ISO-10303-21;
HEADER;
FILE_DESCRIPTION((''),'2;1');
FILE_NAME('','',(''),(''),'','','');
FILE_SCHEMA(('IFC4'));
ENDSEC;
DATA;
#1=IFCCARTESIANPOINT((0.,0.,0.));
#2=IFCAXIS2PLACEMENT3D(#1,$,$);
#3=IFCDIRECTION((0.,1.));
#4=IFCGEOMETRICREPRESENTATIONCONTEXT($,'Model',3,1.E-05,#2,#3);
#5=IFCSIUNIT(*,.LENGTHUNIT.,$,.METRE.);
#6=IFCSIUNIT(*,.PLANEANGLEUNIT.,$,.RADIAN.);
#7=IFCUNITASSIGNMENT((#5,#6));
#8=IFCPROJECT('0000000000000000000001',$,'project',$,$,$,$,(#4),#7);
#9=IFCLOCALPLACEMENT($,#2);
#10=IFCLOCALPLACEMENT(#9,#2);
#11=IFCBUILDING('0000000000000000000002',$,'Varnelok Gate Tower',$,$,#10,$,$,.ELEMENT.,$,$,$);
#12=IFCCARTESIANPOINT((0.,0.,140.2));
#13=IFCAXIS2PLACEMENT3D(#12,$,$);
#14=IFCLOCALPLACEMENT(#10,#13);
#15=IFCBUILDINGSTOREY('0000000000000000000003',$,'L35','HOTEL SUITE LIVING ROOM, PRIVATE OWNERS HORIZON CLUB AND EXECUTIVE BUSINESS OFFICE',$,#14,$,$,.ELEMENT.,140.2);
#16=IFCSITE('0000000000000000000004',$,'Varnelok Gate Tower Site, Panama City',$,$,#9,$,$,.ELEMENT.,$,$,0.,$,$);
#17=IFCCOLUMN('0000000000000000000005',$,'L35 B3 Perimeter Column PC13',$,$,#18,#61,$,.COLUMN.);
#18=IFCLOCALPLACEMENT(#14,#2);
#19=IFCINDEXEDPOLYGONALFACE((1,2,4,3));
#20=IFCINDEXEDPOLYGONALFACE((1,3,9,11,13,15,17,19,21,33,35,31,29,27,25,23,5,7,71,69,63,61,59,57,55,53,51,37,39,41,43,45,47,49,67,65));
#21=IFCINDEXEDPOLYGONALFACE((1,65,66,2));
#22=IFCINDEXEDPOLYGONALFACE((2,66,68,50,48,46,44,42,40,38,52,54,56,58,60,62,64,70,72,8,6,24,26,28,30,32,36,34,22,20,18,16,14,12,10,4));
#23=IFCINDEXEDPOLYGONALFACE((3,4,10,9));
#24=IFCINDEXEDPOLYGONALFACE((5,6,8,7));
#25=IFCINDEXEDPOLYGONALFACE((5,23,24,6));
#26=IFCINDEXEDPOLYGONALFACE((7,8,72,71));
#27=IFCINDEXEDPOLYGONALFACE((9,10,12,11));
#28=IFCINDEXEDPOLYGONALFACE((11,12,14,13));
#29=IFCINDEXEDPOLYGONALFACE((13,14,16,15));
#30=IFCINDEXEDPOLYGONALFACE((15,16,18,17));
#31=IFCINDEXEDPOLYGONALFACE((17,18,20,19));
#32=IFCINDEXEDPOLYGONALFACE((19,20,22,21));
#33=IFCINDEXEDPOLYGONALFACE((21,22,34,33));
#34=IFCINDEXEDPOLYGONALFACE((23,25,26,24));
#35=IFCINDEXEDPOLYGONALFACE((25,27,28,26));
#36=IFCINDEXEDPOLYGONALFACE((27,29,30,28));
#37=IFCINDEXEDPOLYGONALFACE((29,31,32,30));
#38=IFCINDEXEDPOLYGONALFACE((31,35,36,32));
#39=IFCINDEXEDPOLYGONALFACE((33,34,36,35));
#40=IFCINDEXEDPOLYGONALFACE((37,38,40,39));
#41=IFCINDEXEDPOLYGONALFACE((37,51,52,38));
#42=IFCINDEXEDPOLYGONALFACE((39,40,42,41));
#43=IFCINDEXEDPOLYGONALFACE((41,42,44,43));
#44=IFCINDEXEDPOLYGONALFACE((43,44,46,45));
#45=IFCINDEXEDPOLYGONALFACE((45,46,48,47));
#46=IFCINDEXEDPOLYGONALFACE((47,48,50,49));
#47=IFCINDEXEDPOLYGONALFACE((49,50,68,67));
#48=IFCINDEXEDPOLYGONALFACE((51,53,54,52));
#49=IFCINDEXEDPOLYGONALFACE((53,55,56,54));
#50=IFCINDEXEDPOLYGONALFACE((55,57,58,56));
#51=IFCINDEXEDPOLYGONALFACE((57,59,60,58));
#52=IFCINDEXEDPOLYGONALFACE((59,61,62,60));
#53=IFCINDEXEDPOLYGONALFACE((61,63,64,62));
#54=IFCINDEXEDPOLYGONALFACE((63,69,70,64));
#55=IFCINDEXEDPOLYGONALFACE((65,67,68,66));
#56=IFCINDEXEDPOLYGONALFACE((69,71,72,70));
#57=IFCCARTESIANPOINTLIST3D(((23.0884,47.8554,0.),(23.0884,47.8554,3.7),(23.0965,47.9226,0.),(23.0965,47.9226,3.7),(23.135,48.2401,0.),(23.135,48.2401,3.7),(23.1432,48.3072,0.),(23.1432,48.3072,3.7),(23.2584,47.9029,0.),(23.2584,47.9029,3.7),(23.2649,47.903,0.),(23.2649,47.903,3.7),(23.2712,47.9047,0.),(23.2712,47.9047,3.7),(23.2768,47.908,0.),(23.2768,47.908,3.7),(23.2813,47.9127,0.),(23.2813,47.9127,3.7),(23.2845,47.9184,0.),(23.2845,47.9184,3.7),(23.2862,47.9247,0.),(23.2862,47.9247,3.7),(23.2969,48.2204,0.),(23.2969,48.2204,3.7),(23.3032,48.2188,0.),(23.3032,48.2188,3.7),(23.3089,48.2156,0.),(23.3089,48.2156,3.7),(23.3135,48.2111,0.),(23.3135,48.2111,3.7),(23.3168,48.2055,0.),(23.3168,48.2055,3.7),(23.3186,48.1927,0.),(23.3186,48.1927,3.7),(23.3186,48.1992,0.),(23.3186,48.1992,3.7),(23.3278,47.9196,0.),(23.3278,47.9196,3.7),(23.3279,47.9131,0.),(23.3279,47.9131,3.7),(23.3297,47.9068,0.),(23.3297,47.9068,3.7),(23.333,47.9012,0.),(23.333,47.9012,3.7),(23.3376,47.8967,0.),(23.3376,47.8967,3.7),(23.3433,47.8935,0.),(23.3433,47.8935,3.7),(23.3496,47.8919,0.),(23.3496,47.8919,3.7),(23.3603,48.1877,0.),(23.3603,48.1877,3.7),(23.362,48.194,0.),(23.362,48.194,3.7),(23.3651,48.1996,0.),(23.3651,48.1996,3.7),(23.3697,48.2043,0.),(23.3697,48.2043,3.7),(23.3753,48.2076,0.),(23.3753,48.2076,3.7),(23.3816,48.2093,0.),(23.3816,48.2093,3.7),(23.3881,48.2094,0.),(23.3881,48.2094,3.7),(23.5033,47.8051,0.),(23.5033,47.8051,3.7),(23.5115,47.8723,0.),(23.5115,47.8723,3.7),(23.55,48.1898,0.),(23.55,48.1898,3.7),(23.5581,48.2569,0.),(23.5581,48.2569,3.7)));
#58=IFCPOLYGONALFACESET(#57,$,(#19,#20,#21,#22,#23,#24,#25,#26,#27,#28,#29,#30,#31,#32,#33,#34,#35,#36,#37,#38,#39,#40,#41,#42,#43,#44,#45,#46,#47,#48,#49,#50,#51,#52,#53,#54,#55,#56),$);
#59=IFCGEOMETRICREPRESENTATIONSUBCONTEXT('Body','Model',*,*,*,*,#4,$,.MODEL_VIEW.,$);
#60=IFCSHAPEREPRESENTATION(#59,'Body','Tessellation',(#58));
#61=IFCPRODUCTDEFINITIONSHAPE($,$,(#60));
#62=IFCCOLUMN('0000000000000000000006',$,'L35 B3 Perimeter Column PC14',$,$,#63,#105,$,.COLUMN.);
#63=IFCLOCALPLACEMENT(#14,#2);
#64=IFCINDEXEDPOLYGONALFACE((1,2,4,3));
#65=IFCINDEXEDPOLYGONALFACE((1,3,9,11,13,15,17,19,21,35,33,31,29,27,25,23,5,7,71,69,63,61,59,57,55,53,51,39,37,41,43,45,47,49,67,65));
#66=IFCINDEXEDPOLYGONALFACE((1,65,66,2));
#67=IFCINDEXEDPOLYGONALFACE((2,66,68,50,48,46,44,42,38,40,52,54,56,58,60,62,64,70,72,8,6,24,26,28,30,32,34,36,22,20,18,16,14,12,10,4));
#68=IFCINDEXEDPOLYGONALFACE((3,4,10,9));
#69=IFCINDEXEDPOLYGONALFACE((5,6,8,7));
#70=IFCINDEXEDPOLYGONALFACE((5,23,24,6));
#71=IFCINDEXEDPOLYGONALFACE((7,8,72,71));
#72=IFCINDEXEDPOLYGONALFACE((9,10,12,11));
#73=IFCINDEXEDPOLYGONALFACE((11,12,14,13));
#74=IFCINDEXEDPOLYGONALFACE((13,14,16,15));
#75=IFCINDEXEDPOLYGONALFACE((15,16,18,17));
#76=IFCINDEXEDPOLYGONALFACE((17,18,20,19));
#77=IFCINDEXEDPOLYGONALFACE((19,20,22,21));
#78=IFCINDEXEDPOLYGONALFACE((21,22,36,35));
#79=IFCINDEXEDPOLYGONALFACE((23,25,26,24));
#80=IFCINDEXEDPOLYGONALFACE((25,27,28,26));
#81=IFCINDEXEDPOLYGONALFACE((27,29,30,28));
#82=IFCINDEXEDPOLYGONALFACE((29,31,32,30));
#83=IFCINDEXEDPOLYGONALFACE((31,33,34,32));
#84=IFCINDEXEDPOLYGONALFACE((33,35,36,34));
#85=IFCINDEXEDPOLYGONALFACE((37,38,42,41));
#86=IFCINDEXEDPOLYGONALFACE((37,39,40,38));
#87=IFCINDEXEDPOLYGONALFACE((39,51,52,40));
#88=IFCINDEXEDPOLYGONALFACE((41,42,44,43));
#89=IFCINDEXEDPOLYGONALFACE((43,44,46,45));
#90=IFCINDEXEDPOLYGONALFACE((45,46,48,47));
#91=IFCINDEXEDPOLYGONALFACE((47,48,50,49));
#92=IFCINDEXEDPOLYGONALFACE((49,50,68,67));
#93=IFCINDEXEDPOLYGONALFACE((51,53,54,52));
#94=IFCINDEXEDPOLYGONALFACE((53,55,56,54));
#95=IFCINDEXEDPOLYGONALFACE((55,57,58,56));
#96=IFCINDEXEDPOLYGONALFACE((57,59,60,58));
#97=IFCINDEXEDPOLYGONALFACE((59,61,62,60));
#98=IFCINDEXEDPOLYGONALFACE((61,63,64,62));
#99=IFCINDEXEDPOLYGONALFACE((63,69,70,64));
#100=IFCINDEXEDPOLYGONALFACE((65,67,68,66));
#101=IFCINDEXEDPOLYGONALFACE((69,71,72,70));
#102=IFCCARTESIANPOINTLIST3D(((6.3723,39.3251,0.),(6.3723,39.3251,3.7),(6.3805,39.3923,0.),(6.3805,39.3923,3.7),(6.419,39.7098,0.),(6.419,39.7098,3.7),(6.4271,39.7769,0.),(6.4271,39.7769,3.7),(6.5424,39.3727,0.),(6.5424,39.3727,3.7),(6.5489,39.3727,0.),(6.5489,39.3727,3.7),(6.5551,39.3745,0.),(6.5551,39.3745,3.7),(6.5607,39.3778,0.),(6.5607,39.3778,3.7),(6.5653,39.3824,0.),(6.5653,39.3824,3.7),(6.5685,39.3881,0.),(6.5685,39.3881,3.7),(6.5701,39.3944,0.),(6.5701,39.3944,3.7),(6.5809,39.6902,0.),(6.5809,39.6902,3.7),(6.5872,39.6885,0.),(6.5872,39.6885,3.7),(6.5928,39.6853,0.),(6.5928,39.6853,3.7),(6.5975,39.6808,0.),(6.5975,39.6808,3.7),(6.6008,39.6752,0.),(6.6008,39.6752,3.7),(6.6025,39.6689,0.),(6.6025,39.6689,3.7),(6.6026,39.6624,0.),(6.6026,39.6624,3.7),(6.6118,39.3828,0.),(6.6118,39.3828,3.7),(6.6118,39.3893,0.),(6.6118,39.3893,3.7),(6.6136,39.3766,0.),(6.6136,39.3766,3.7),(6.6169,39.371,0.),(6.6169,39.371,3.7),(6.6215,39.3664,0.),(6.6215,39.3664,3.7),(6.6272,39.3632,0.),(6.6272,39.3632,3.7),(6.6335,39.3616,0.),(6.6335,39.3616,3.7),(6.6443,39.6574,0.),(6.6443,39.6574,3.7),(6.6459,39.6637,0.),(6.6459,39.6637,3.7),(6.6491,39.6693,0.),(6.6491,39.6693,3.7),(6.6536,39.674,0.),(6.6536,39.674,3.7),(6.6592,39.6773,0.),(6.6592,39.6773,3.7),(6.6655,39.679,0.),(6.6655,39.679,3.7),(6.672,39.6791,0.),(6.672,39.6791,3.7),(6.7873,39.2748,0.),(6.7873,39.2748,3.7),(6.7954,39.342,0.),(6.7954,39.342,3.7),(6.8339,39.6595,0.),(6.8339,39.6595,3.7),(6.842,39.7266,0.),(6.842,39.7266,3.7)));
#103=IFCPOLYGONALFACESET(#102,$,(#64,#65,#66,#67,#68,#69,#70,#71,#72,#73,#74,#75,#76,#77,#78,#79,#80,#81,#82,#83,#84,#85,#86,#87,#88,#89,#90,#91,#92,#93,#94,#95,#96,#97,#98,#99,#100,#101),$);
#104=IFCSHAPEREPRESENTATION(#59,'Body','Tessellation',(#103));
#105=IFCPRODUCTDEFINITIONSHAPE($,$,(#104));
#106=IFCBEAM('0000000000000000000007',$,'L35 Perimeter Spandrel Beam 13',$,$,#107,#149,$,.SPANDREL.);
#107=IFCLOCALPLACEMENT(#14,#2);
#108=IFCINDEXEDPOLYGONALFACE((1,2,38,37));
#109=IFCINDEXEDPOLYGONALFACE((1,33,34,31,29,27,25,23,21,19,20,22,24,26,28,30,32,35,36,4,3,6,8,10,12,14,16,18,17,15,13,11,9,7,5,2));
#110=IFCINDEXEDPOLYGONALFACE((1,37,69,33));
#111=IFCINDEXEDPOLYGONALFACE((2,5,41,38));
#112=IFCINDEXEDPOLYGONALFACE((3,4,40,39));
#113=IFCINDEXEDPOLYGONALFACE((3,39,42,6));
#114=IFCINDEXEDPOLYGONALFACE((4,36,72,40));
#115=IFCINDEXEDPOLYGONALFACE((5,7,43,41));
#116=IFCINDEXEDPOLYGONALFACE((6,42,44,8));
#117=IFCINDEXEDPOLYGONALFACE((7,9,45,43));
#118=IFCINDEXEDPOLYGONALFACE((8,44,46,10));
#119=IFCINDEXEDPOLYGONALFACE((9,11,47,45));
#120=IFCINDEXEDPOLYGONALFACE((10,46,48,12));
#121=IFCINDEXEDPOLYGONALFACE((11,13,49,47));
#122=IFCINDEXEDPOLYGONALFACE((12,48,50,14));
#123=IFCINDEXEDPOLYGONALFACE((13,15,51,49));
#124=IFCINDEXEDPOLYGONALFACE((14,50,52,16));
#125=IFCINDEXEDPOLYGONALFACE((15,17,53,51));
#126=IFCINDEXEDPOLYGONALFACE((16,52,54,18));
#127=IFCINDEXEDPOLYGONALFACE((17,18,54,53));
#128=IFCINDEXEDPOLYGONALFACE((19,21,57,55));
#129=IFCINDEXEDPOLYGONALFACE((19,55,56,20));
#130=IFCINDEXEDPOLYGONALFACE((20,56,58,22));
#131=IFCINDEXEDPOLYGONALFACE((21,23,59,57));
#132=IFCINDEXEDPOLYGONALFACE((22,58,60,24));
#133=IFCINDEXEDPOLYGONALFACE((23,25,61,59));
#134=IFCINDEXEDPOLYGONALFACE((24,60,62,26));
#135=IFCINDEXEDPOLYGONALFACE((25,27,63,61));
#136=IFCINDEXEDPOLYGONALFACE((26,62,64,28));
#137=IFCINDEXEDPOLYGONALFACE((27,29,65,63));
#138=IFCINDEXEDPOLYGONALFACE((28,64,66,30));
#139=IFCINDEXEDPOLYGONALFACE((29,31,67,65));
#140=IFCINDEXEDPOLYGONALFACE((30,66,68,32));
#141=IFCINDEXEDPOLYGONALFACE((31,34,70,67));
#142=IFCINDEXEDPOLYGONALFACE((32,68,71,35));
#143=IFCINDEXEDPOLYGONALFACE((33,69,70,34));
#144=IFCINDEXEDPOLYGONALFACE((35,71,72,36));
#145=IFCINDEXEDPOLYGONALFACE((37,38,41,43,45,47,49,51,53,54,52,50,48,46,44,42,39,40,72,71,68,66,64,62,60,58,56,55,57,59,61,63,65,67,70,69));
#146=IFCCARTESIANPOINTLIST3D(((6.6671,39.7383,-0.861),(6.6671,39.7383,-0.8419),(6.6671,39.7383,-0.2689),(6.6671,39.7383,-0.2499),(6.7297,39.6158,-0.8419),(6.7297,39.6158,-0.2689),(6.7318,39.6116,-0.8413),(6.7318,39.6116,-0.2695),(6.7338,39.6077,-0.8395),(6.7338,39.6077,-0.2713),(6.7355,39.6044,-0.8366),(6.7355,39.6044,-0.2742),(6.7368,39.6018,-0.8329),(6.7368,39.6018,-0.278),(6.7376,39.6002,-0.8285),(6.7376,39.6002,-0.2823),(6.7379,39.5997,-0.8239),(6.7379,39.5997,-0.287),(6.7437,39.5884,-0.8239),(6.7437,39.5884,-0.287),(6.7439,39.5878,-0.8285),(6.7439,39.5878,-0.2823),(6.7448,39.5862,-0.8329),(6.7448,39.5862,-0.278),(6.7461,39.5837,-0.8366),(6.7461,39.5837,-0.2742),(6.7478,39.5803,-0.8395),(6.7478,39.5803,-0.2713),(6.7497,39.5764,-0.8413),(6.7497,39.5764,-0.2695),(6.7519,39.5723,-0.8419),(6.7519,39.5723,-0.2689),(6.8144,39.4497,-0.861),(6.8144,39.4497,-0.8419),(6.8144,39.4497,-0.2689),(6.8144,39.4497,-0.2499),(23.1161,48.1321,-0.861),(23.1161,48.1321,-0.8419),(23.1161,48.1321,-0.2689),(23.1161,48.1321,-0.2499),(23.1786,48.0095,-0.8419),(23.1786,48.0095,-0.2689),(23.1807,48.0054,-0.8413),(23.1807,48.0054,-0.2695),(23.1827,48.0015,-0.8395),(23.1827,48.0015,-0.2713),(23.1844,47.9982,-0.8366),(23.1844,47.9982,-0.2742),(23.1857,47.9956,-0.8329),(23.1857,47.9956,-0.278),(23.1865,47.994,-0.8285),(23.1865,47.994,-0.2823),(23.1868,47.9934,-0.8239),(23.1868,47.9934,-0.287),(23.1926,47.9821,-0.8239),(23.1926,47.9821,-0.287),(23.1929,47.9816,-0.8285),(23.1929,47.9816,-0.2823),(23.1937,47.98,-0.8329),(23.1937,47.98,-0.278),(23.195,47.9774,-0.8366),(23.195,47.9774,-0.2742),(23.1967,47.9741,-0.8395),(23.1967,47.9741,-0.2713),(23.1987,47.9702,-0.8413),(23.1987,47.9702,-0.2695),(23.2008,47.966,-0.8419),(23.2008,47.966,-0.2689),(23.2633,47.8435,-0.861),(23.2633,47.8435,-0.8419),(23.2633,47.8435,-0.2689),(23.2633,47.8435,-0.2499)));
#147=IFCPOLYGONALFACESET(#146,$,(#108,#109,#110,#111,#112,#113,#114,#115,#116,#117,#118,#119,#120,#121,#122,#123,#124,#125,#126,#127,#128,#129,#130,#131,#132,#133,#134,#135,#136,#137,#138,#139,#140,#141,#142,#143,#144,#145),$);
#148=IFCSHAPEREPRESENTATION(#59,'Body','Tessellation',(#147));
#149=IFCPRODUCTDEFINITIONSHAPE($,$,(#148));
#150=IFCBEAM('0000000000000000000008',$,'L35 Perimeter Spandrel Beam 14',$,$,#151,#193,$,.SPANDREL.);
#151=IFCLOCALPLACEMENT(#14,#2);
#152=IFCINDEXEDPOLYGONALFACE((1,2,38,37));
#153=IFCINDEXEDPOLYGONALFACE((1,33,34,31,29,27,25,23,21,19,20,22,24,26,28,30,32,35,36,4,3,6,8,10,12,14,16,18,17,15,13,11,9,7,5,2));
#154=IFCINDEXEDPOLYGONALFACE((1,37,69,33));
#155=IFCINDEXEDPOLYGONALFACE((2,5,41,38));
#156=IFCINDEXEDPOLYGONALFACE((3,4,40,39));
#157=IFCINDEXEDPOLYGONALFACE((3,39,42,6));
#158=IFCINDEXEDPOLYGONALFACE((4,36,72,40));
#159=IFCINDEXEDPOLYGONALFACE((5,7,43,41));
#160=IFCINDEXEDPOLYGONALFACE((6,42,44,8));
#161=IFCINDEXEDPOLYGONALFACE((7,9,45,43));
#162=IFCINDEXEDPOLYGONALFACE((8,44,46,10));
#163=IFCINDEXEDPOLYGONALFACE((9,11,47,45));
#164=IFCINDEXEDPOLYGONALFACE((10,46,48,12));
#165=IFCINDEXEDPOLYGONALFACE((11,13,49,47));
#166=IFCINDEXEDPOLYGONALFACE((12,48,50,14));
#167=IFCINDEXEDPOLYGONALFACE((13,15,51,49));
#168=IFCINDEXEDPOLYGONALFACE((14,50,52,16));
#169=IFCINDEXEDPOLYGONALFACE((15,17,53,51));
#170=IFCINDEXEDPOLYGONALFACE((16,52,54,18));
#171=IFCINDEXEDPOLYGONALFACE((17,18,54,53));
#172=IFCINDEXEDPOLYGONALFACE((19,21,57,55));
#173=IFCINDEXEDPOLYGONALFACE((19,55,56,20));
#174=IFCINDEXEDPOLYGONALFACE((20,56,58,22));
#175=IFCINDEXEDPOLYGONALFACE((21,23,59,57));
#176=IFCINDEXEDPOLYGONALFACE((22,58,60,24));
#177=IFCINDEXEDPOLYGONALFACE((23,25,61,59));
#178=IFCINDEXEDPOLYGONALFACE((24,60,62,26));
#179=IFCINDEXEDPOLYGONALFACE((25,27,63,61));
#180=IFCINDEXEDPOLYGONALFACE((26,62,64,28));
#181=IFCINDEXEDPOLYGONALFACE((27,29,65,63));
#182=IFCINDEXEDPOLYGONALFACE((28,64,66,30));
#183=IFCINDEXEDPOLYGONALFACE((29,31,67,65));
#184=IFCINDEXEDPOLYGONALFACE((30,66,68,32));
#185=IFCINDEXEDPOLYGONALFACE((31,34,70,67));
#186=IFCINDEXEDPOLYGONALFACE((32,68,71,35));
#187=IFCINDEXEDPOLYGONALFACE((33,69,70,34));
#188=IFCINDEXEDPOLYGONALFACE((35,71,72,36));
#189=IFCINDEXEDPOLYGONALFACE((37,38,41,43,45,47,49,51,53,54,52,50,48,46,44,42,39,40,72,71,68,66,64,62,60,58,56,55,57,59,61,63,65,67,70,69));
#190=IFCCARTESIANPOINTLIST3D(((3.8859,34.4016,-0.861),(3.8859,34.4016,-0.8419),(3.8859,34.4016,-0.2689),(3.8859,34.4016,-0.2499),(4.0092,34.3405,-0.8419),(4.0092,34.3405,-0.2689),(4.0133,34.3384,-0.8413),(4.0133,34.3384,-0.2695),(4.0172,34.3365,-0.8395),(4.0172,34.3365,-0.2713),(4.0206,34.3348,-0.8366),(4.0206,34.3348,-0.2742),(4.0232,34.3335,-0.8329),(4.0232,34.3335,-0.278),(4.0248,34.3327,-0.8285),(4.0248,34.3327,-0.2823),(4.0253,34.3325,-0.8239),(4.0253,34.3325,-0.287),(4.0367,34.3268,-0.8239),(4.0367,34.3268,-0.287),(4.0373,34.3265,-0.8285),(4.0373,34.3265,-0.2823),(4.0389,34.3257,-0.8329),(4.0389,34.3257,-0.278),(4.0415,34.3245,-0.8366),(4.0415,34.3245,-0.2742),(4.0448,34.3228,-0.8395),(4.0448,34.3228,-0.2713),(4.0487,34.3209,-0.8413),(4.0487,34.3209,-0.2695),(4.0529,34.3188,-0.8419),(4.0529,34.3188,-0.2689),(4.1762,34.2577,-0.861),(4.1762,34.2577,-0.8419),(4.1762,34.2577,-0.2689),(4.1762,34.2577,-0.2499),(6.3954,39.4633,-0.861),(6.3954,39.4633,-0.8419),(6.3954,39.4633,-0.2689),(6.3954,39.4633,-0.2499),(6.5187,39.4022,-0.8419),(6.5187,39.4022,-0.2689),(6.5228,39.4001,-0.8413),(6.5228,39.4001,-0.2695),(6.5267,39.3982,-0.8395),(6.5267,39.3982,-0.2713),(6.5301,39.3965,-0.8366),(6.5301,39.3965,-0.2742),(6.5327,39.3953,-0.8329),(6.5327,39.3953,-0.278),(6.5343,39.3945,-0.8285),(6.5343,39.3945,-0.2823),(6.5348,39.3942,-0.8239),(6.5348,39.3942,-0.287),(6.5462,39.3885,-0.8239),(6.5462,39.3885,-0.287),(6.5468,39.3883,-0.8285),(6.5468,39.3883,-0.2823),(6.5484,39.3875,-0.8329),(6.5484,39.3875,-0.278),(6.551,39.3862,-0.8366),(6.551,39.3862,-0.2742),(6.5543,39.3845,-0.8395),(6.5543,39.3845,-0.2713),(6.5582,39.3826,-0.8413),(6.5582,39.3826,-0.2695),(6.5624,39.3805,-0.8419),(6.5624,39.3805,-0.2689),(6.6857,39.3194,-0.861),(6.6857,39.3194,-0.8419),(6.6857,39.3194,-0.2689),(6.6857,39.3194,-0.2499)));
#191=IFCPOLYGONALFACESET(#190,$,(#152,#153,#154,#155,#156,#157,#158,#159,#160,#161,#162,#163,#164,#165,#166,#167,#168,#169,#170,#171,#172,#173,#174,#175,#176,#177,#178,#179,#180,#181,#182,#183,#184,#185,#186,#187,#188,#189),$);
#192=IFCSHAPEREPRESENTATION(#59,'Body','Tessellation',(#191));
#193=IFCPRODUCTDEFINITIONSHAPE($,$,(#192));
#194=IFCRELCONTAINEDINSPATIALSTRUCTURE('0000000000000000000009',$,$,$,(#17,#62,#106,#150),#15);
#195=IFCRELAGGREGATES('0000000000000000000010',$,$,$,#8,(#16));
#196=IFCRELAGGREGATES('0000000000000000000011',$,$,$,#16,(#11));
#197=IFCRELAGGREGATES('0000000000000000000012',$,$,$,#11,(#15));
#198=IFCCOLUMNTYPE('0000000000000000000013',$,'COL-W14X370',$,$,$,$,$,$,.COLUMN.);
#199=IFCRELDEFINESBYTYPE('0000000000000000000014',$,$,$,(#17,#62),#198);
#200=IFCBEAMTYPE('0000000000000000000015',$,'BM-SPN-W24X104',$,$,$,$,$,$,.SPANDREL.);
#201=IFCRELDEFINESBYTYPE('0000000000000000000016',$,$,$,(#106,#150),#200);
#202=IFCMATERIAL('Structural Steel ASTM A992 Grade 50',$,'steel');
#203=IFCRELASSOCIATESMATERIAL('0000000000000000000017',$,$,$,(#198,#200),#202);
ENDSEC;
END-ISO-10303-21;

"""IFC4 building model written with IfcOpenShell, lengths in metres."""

from ifc_helpers import new_model, si_unit, direction, frame, origin, origin_2d, place, context, subcontext, project, spatial, i_section, extrude, material, material_profile, profile_set, type_object, element, save


model = new_model("IFC4")

# Units and contexts
model_context = context("Model", 3, precision=1e-05, world=origin(), true_north=direction((0.0, 1.0)))
body_context = subcontext(model_context, "Body", "Model", "MODEL_VIEW")
ifc_project = project(units=[si_unit("LENGTHUNIT", "METRE"), si_unit("PLANEANGLEUNIT", "RADIAN")], contexts=[model_context])

# Site, building, storey
site_placement = place(None, origin())
site = spatial("IfcSite", under=ifc_project, at=site_placement, Name="Varnelok Gate Tower Site, Panama City", CompositionType="ELEMENT", RefElevation=0.0)
building_placement = place(site_placement, origin())
building = spatial("IfcBuilding", under=site, at=building_placement, Name="Varnelok Gate Tower", CompositionType="ELEMENT")
storey_placement = place(building_placement, frame((0.0, 0.0, 140.2)))
storey = spatial("IfcBuildingStorey", under=building, at=storey_placement, Name="L35", Description="HOTEL SUITE LIVING ROOM, PRIVATE OWNERS HORIZON CLUB AND EXECUTIVE BUSINESS OFFICE", CompositionType="ELEMENT", Elevation=140.2)

# Columns
ifc_material_1 = material(Name="Structural Steel ASTM A992 Grade 50", Category="steel")
ifc_material_profile_1 = material_profile(ifc_material_1, i_section(OverallWidth=0.418, OverallDepth=0.4551, WebThickness=0.042, FlangeThickness=0.0676, FilletRadius=0.0249, at=origin_2d()), Name="W14X370")
ifc_profile_set_1 = profile_set([ifc_material_profile_1], Name="Structural Steel ASTM A992 Grade 50")
column_type = type_object("IfcColumnType", Name="COL-W14X370", PredefinedType="COLUMN", material=ifc_profile_set_1)
for number, where, z_axis, x_axis, name in (
    (1, (23.3232, 48.0562, 0.0), (0.0, 0.0, 1.0), (0.992732, -0.120345, 0.0), "L35 B3 Perimeter Column PC13"),
    (2, (6.6072, 39.5259, 0.0), (0.0, 0.0, 1.0), (0.992732, -0.120345, 0.0), "L35 B3 Perimeter Column PC14"),
):
    element("IfcColumn", number, at=place(storey_placement, frame(where, z_axis=z_axis, x_axis=x_axis)), inside=storey, type_object=column_type, Name=name, PredefinedType="COLUMN", context=body_context, shape_type="SweptSolid", body=[
        extrude(i_section(OverallWidth=0.418, OverallDepth=0.4551, WebThickness=0.042, FlangeThickness=0.0676, FilletRadius=0.0249, at=origin_2d()), origin(), (0.0, 0.0, 1.0), 3.7),
    ])

# Beams
ifc_material_profile_2 = material_profile(ifc_material_1, i_section(OverallWidth=0.324, OverallDepth=0.6111, WebThickness=0.0127, FlangeThickness=0.019, FilletRadius=0.0181, at=origin_2d()), Name="W24X104")
ifc_profile_set_2 = profile_set([ifc_material_profile_2], Name="Structural Steel ASTM A992 Grade 50")
beam_type = type_object("IfcBeamType", Name="BM-SPN-W24X104", PredefinedType="SPANDREL", material=ifc_profile_set_2)
beam_1_placement = place(storey_placement, frame((23.1897, 47.9878, -0.5554), z_axis=(-0.89073, -0.454533, 0.0), x_axis=(0.454533, -0.89073, 0.0)))
element("IfcBeam", 3, at=beam_1_placement, inside=storey, type_object=beam_type, Name="L35 Perimeter Spandrel Beam 13", PredefinedType="SPANDREL", context=body_context, shape_type="SweptSolid", body=[
    extrude(i_section(OverallWidth=0.324, OverallDepth=0.6111, WebThickness=0.0127, FlangeThickness=0.019, FilletRadius=0.0181, at=origin_2d()), origin(), (0.0, 0.0, 1.0), 18.4668),
])
beam_2_placement = place(storey_placement, frame((6.5405, 39.3914, -0.5554), z_axis=(-0.444186, -0.895935, 0.0), x_axis=(0.895935, -0.444186, 0.0)))
element("IfcBeam", 4, at=beam_2_placement, inside=storey, type_object=beam_type, Name="L35 Perimeter Spandrel Beam 14", PredefinedType="SPANDREL", context=body_context, shape_type="SweptSolid", body=[
    extrude(i_section(OverallWidth=0.324, OverallDepth=0.6111, WebThickness=0.0127, FlangeThickness=0.019, FilletRadius=0.0181, at=origin_2d()), origin(), (0.0, 0.0, 1.0), 5.6497),
])

save(model, "model.ifc")
